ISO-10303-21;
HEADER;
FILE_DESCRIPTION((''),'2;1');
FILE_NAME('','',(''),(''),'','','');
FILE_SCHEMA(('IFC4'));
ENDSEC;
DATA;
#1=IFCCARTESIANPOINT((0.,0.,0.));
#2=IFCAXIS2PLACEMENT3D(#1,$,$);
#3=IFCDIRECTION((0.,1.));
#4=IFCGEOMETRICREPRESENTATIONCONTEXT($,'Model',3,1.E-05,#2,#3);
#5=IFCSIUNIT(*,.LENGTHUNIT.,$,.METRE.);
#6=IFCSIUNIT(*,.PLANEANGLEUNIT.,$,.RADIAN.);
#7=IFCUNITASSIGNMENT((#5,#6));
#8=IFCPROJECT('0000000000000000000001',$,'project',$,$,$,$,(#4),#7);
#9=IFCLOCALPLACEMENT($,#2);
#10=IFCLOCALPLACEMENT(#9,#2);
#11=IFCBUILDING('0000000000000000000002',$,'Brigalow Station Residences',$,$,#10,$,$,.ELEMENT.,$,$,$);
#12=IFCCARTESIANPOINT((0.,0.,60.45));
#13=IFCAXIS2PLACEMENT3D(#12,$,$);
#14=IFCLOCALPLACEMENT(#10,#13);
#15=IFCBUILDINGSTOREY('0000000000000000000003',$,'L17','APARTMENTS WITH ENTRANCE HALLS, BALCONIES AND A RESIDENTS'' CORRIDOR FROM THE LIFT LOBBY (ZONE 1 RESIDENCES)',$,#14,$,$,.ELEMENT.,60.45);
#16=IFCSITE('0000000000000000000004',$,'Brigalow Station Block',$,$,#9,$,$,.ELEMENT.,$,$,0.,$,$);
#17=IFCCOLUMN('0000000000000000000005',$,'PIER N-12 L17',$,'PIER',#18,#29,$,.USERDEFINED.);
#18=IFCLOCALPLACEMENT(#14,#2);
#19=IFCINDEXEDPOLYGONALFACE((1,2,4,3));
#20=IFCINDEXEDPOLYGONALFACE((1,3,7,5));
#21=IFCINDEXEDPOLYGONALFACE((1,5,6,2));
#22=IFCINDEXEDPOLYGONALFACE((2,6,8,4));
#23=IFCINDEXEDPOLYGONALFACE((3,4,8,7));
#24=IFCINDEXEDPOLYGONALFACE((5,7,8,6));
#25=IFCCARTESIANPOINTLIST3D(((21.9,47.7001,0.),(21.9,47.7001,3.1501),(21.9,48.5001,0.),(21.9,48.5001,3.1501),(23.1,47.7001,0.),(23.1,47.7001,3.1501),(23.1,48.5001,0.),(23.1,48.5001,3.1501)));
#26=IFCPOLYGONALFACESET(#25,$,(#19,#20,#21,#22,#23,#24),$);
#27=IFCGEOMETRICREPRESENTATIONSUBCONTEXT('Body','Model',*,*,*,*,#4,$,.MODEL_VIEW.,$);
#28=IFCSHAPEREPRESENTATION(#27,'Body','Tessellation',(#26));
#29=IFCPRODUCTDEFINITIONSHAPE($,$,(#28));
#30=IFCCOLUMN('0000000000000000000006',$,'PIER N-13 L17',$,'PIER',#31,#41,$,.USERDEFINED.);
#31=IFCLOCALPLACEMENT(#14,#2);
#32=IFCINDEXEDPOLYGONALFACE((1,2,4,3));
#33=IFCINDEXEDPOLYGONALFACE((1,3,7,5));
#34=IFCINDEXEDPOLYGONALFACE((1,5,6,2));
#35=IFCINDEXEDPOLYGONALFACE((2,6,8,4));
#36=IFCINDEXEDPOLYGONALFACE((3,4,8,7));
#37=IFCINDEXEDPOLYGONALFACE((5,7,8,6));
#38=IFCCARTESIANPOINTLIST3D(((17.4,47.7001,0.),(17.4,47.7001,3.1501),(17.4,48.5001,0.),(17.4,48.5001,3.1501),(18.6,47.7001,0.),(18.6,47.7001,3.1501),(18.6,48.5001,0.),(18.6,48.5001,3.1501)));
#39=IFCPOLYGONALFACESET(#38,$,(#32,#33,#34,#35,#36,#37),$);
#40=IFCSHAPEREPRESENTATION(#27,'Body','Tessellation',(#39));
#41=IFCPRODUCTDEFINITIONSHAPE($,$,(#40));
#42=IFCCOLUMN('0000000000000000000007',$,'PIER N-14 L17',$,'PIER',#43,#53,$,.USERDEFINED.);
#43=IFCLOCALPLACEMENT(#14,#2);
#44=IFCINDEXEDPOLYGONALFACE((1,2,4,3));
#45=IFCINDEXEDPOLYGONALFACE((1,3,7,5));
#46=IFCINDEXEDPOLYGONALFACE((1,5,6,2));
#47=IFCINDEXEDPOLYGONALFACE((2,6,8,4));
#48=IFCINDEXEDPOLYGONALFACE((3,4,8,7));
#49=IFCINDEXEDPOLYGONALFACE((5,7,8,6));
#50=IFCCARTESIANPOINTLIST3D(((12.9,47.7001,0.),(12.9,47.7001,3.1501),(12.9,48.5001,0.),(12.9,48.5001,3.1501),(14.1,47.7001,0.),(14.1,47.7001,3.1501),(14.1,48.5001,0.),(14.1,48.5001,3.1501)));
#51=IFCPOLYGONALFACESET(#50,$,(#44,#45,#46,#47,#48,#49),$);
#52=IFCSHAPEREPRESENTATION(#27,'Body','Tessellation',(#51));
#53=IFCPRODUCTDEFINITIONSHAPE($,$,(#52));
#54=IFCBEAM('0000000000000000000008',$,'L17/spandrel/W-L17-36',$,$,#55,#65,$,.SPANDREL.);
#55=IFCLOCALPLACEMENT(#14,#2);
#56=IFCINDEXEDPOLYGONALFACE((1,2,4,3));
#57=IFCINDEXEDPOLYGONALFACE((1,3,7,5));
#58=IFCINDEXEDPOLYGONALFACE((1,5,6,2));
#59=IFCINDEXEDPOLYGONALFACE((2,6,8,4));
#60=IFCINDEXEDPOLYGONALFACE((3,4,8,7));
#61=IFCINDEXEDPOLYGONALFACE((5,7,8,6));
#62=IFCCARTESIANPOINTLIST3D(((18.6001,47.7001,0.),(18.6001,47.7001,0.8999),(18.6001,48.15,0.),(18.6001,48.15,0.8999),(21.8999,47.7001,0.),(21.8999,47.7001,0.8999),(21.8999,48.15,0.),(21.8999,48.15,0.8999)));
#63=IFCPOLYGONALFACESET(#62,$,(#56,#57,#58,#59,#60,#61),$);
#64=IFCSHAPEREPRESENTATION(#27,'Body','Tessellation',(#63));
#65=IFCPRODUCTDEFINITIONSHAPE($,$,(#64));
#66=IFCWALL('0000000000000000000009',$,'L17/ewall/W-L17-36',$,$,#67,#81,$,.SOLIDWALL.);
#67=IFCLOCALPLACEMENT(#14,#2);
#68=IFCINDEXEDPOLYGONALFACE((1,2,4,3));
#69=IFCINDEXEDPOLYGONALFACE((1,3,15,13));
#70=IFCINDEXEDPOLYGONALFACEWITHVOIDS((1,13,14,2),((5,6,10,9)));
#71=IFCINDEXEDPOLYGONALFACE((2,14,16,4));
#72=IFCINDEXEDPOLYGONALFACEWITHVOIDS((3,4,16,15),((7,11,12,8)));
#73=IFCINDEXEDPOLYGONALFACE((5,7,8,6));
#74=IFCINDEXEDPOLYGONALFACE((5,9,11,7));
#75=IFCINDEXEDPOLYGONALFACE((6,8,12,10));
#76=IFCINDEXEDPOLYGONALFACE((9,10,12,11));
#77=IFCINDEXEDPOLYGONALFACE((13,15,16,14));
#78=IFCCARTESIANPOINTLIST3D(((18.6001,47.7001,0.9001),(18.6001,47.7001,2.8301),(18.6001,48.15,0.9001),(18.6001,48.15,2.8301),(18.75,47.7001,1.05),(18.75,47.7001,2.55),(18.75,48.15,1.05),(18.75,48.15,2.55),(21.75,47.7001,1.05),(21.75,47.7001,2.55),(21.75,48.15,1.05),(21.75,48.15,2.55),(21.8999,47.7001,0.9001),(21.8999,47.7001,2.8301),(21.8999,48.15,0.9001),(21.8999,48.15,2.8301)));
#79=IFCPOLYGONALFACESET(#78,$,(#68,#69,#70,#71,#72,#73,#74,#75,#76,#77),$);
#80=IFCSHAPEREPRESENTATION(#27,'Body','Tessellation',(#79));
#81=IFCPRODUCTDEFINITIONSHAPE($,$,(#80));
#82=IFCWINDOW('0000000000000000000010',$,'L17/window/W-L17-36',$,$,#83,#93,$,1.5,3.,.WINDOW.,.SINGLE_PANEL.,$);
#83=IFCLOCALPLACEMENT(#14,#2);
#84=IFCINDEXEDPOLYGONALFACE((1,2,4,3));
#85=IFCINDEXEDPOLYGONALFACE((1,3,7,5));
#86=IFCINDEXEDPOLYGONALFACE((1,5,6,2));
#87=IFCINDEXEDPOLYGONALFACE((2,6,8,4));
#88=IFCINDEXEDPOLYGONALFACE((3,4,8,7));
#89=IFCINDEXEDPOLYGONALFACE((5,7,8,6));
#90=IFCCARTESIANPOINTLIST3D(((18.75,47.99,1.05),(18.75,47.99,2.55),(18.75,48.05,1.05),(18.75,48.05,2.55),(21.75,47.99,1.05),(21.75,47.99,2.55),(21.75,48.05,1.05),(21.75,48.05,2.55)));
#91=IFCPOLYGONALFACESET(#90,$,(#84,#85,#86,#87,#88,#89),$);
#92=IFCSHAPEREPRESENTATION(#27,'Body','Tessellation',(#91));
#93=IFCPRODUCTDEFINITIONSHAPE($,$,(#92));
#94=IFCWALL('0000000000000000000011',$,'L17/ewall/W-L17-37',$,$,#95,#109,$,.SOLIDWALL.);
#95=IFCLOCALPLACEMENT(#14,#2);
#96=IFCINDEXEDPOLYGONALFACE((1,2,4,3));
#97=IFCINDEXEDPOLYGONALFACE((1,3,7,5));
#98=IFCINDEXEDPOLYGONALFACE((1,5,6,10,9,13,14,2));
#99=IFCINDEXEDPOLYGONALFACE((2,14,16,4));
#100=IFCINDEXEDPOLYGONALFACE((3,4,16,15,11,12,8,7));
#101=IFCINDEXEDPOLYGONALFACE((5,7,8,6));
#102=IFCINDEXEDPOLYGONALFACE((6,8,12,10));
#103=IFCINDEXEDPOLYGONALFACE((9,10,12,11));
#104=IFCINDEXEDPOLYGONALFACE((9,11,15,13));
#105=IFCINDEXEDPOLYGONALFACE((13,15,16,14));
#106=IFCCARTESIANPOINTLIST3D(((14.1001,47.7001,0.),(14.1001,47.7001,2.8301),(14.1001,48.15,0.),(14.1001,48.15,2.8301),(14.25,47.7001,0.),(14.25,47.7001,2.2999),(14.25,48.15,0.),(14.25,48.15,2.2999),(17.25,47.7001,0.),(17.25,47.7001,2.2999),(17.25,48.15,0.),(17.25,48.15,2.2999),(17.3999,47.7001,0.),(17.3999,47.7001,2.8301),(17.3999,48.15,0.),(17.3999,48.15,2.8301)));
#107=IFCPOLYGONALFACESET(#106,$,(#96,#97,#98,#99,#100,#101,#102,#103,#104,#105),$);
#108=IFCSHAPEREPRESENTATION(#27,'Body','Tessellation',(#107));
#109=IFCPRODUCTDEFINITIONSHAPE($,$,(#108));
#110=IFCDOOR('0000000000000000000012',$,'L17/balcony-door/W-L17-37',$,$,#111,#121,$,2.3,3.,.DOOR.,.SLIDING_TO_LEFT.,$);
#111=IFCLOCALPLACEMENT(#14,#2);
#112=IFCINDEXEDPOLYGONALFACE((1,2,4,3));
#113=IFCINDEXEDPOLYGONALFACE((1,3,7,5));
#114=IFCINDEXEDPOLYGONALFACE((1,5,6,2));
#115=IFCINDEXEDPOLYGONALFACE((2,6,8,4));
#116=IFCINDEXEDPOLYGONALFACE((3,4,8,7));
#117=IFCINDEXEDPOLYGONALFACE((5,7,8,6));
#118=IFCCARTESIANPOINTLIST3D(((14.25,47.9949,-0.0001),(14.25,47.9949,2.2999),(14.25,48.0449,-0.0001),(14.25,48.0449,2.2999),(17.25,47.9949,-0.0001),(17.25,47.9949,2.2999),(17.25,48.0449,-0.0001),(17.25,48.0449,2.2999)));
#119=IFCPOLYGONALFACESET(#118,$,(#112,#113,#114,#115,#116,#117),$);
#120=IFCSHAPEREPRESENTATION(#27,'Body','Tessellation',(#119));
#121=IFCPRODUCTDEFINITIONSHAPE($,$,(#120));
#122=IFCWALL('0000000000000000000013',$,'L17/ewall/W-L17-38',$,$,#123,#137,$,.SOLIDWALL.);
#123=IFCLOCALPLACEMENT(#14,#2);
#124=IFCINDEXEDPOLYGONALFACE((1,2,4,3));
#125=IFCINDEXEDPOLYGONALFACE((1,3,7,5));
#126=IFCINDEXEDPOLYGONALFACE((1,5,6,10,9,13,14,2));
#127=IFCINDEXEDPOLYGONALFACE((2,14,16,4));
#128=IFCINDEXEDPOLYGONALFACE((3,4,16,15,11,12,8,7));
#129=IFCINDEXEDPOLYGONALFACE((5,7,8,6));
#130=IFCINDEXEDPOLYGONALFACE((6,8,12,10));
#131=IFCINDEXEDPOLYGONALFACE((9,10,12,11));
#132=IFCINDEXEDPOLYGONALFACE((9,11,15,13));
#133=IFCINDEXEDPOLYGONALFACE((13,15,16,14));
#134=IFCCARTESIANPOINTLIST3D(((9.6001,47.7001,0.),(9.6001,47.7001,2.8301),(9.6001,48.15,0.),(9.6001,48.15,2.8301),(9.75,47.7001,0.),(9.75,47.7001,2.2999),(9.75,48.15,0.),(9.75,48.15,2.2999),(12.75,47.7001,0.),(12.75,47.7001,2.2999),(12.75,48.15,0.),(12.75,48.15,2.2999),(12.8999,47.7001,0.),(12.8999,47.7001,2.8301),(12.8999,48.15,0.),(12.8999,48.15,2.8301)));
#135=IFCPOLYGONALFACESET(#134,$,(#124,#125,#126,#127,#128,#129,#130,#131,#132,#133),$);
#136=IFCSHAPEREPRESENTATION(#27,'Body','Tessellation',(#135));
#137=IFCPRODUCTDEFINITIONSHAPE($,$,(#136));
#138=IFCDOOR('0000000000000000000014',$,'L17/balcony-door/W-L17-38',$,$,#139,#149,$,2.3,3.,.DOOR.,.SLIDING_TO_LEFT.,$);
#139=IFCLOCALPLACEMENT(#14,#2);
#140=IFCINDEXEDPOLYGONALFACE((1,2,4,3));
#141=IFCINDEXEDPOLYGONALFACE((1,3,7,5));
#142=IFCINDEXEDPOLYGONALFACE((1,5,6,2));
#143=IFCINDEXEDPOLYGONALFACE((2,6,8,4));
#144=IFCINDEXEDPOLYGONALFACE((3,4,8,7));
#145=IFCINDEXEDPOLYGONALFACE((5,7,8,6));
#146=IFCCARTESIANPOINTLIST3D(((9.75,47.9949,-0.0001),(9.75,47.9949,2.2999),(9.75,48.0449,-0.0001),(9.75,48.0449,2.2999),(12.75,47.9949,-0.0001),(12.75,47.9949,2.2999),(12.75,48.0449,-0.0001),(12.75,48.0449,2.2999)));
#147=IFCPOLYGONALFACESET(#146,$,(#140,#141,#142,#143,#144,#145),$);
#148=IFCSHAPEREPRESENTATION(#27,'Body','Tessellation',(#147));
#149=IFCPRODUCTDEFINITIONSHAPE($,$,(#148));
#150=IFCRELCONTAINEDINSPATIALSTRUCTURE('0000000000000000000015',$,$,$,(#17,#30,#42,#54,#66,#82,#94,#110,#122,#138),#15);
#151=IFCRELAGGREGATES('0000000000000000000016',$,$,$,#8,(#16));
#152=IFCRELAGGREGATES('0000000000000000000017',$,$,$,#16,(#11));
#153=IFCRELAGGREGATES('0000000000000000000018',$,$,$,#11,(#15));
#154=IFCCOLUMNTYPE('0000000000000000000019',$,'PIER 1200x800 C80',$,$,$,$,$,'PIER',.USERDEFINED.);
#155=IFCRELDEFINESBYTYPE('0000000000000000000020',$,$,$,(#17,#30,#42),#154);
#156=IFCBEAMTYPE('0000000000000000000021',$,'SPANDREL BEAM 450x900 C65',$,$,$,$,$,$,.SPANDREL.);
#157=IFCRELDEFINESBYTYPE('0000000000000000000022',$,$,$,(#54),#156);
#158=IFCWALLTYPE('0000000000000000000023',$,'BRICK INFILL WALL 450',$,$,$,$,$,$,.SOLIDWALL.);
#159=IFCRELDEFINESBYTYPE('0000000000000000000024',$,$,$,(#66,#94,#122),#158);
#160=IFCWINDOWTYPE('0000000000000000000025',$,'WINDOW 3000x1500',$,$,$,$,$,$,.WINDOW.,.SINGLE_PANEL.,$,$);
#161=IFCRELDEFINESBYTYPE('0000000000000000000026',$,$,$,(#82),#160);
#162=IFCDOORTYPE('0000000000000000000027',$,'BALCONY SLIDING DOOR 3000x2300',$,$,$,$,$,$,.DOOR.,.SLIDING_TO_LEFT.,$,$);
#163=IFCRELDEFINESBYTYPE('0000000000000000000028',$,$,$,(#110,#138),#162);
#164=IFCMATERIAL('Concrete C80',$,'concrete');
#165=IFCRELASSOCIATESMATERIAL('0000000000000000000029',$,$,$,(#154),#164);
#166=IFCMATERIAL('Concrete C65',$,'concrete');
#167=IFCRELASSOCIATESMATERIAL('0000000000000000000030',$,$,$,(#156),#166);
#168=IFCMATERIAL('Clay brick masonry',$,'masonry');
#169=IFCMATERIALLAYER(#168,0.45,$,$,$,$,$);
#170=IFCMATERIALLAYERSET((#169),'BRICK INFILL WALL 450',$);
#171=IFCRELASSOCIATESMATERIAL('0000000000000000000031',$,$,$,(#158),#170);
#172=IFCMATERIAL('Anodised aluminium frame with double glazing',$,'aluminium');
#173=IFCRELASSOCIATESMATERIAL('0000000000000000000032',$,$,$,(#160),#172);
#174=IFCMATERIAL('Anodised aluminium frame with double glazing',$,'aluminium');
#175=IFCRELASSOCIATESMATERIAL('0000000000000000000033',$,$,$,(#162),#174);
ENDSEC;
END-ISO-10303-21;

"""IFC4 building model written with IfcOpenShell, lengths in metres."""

from ifc_helpers import new_model, si_unit, direction, frame, frame_2d, origin, origin_2d, place, context, subcontext, project, spatial, rectangle, extrude, material, layer, layer_set, material_profile, profile_set, type_object, element, fill, save


model = new_model("IFC4")

# Units and contexts
model_context = context("Model", 3, precision=1e-05, world=origin(), true_north=direction((0.0, 1.0)))
body_context = subcontext(model_context, "Body", "Model", "MODEL_VIEW")
ifc_project = project(units=[si_unit("LENGTHUNIT", "METRE"), si_unit("PLANEANGLEUNIT", "RADIAN")], contexts=[model_context])

# Site, building, storey
site_placement = place(None, origin())
site = spatial("IfcSite", under=ifc_project, at=site_placement, Name="Brigalow Station Block", CompositionType="ELEMENT", RefElevation=0.0)
building_placement = place(site_placement, origin())
building = spatial("IfcBuilding", under=site, at=building_placement, Name="Brigalow Station Residences", CompositionType="ELEMENT")
storey_placement = place(building_placement, frame((0.0, 0.0, 60.45)))
storey = spatial("IfcBuildingStorey", under=building, at=storey_placement, Name="L17", Description="APARTMENTS WITH ENTRANCE HALLS, BALCONIES AND A RESIDENTS' CORRIDOR FROM THE LIFT LOBBY (ZONE 1 RESIDENCES)", CompositionType="ELEMENT", Elevation=60.45)

# Columns
ifc_material_1 = material(Name="Concrete C80", Category="concrete")
ifc_material_profile_1 = material_profile(ifc_material_1, rectangle(XDim=1.2, YDim=0.8, at=origin_2d()), Name="RC1200x800")
ifc_profile_set_1 = profile_set([ifc_material_profile_1], Name="Concrete C80")
column_type = type_object("IfcColumnType", Name="PIER 1200x800 C80", ElementType="PIER", PredefinedType="USERDEFINED", material=ifc_profile_set_1)
for number, where, z_axis, x_axis, name in (
    (1, (22.5, 48.1001, 0.0), (0.0, 0.0, 1.0), (-1.0, 0.0, 0.0), "PIER N-12 L17"),
    (2, (18.0, 48.1001, 0.0), (0.0, 0.0, 1.0), (-1.0, 0.0, 0.0), "PIER N-13 L17"),
    (3, (13.5, 48.1001, 0.0), (0.0, 0.0, 1.0), (-1.0, 0.0, 0.0), "PIER N-14 L17"),
):
    element("IfcColumn", number, at=place(storey_placement, frame(where, z_axis=z_axis, x_axis=x_axis)), inside=storey, type_object=column_type, Name=name, ObjectType="PIER", PredefinedType="USERDEFINED", context=body_context, shape_type="SweptSolid", body=[
        extrude(rectangle(XDim=1.2, YDim=0.8, at=origin_2d()), origin(), (0.0, 0.0, 1.0), 3.1501),
    ])

# Beam
ifc_material_2 = material(Name="Concrete C65", Category="concrete")
ifc_material_profile_2 = material_profile(ifc_material_2, rectangle(XDim=0.45, YDim=0.8999, at=origin_2d()), Name="RC450x900")
ifc_profile_set_2 = profile_set([ifc_material_profile_2], Name="Concrete C65")
beam_type = type_object("IfcBeamType", Name="SPANDREL BEAM 450x900 C65", PredefinedType="SPANDREL", material=ifc_profile_set_2)
beam_placement = place(storey_placement, frame((21.8999, 47.925, 0.45), z_axis=(-1.0, 0.0, 0.0), x_axis=(0.0, -1.0, 0.0)))
element("IfcBeam", 4, at=beam_placement, inside=storey, type_object=beam_type, Name="L17/spandrel/W-L17-36", PredefinedType="SPANDREL", context=body_context, shape_type="SweptSolid", body=[
    extrude(rectangle(XDim=0.45, YDim=0.8999, at=origin_2d()), origin(), (0.0, 0.0, 1.0), 3.2998),
])

# Wall, opening, window
ifc_material_3 = material(Name="Clay brick masonry", Category="masonry")
ifc_layer_1 = layer(ifc_material_3, 0.45)
ifc_layer_set_1 = layer_set([ifc_layer_1], Name="BRICK INFILL WALL 450")
wall_type_1 = type_object("IfcWallType", Name="BRICK INFILL WALL 450", PredefinedType="SOLIDWALL", material=ifc_layer_set_1)
wall_1_placement = place(storey_placement, frame((21.8999, 47.925, 0.9001), z_axis=(0.0, 0.0, 1.0), x_axis=(-1.0, 0.0, 0.0)))
wall_1 = element("IfcWall", 5, at=wall_1_placement, inside=storey, type_object=wall_type_1, Name="L17/ewall/W-L17-36", PredefinedType="SOLIDWALL", context=body_context, shape_type="SweptSolid", body=[
    extrude(rectangle(XDim=3.2998, YDim=0.45, at=frame_2d((1.6499, 0.0))), origin(), (0.0, 0.0, 1.0), 1.9299),
])
opening_1_placement = place(wall_1_placement, frame((0.1499, 0.0, 0.1499)))
opening_1 = element("IfcOpeningElement", 6, at=opening_1_placement, cuts=wall_1, PredefinedType="OPENING", context=body_context, shape_type="SweptSolid", body=[
    extrude(rectangle(XDim=3.0, YDim=1.5, at=frame_2d((1.5, 0.75))), frame((0.0, 0.2349, 0.0), z_axis=(0.0, -1.0, 0.0), x_axis=(1.0, 0.0, 0.0)), (0.0, 0.0, 1.0), 0.47),
])
ifc_material_4 = material(Name="Anodised aluminium frame with double glazing", Category="aluminium")
window_type = type_object("IfcWindowType", Name="WINDOW 3000x1500", PartitioningType="SINGLE_PANEL", PredefinedType="WINDOW", material=ifc_material_4)
window_placement = place(opening_1_placement, origin())
window = element("IfcWindow", 7, at=window_placement, inside=storey, type_object=window_type, Name="L17/window/W-L17-36", OverallHeight=1.5, OverallWidth=3.0, PartitioningType="SINGLE_PANEL", PredefinedType="WINDOW", context=body_context, shape_type="SweptSolid", body=[
    extrude(rectangle(XDim=3.0, YDim=1.5, at=frame_2d((1.5, 0.75))), frame((0.0, -0.0649, 0.0), z_axis=(0.0, -1.0, 0.0), x_axis=(1.0, 0.0, 0.0)), (0.0, 0.0, 1.0), 0.0601),
])
fill(opening_1, window)

# Walls, openings, doors
wall_2_placement = place(storey_placement, frame((17.3999, 47.925, 0.0), z_axis=(0.0, 0.0, 1.0), x_axis=(-1.0, 0.0, 0.0)))
wall_2 = element("IfcWall", 8, at=wall_2_placement, inside=storey, type_object=wall_type_1, Name="L17/ewall/W-L17-37", PredefinedType="SOLIDWALL", context=body_context, shape_type="SweptSolid", body=[
    extrude(rectangle(XDim=3.2998, YDim=0.45, at=frame_2d((1.6499, 0.0))), origin(), (0.0, 0.0, 1.0), 2.8301),
])
opening_2_placement = place(wall_2_placement, frame((0.1499, 0.0, 0.0)))
opening_2 = element("IfcOpeningElement", 9, at=opening_2_placement, cuts=wall_2, PredefinedType="OPENING", context=body_context, shape_type="SweptSolid", body=[
    extrude(rectangle(XDim=3.0, YDim=2.3, at=frame_2d((1.5, 1.1499))), frame((0.0, 0.2349, 0.0), z_axis=(0.0, -1.0, 0.0), x_axis=(1.0, 0.0, 0.0)), (0.0, 0.0, 1.0), 0.47),
])
ifc_material_5 = material(Name="Anodised aluminium frame with double glazing", Category="aluminium")
door_type_1 = type_object("IfcDoorType", Name="BALCONY SLIDING DOOR 3000x2300", OperationType="SLIDING_TO_LEFT", PredefinedType="DOOR", material=ifc_material_5)
door_1_placement = place(opening_2_placement, origin())
door_1 = element("IfcDoor", 10, at=door_1_placement, inside=storey, type_object=door_type_1, Name="L17/balcony-door/W-L17-37", OperationType="SLIDING_TO_LEFT", OverallHeight=2.3, OverallWidth=3.0, PredefinedType="DOOR", context=body_context, shape_type="SweptSolid", body=[
    extrude(rectangle(XDim=3.0, YDim=2.3, at=frame_2d((1.5, 1.1499))), frame((0.0, -0.0698, 0.0), z_axis=(0.0, -1.0, 0.0), x_axis=(1.0, 0.0, 0.0)), (0.0, 0.0, 1.0), 0.05),
])
fill(opening_2, door_1)
wall_3_placement = place(storey_placement, frame((12.8999, 47.925, 0.0), z_axis=(0.0, 0.0, 1.0), x_axis=(-1.0, 0.0, 0.0)))
wall_3 = element("IfcWall", 11, at=wall_3_placement, inside=storey, type_object=wall_type_1, Name="L17/ewall/W-L17-38", PredefinedType="SOLIDWALL", context=body_context, shape_type="SweptSolid", body=[
    extrude(rectangle(XDim=3.2998, YDim=0.45, at=frame_2d((1.6499, 0.0))), origin(), (0.0, 0.0, 1.0), 2.8301),
])
opening_3_placement = place(wall_3_placement, frame((0.1499, 0.0, 0.0)))
opening_3 = element("IfcOpeningElement", 12, at=opening_3_placement, cuts=wall_3, PredefinedType="OPENING", context=body_context, shape_type="SweptSolid", body=[
    extrude(rectangle(XDim=3.0, YDim=2.3, at=frame_2d((1.5, 1.1499))), frame((0.0, 0.2349, 0.0), z_axis=(0.0, -1.0, 0.0), x_axis=(1.0, 0.0, 0.0)), (0.0, 0.0, 1.0), 0.47),
])
door_2_placement = place(opening_3_placement, origin())
door_2 = element("IfcDoor", 13, at=door_2_placement, inside=storey, type_object=door_type_1, Name="L17/balcony-door/W-L17-38", OperationType="SLIDING_TO_LEFT", OverallHeight=2.3, OverallWidth=3.0, PredefinedType="DOOR", context=body_context, shape_type="SweptSolid", body=[
    extrude(rectangle(XDim=3.0, YDim=2.3, at=frame_2d((1.5, 1.1499))), frame((0.0, -0.0698, 0.0), z_axis=(0.0, -1.0, 0.0), x_axis=(1.0, 0.0, 0.0)), (0.0, 0.0, 1.0), 0.05),
])
fill(opening_3, door_2)

save(model, "model.ifc")
